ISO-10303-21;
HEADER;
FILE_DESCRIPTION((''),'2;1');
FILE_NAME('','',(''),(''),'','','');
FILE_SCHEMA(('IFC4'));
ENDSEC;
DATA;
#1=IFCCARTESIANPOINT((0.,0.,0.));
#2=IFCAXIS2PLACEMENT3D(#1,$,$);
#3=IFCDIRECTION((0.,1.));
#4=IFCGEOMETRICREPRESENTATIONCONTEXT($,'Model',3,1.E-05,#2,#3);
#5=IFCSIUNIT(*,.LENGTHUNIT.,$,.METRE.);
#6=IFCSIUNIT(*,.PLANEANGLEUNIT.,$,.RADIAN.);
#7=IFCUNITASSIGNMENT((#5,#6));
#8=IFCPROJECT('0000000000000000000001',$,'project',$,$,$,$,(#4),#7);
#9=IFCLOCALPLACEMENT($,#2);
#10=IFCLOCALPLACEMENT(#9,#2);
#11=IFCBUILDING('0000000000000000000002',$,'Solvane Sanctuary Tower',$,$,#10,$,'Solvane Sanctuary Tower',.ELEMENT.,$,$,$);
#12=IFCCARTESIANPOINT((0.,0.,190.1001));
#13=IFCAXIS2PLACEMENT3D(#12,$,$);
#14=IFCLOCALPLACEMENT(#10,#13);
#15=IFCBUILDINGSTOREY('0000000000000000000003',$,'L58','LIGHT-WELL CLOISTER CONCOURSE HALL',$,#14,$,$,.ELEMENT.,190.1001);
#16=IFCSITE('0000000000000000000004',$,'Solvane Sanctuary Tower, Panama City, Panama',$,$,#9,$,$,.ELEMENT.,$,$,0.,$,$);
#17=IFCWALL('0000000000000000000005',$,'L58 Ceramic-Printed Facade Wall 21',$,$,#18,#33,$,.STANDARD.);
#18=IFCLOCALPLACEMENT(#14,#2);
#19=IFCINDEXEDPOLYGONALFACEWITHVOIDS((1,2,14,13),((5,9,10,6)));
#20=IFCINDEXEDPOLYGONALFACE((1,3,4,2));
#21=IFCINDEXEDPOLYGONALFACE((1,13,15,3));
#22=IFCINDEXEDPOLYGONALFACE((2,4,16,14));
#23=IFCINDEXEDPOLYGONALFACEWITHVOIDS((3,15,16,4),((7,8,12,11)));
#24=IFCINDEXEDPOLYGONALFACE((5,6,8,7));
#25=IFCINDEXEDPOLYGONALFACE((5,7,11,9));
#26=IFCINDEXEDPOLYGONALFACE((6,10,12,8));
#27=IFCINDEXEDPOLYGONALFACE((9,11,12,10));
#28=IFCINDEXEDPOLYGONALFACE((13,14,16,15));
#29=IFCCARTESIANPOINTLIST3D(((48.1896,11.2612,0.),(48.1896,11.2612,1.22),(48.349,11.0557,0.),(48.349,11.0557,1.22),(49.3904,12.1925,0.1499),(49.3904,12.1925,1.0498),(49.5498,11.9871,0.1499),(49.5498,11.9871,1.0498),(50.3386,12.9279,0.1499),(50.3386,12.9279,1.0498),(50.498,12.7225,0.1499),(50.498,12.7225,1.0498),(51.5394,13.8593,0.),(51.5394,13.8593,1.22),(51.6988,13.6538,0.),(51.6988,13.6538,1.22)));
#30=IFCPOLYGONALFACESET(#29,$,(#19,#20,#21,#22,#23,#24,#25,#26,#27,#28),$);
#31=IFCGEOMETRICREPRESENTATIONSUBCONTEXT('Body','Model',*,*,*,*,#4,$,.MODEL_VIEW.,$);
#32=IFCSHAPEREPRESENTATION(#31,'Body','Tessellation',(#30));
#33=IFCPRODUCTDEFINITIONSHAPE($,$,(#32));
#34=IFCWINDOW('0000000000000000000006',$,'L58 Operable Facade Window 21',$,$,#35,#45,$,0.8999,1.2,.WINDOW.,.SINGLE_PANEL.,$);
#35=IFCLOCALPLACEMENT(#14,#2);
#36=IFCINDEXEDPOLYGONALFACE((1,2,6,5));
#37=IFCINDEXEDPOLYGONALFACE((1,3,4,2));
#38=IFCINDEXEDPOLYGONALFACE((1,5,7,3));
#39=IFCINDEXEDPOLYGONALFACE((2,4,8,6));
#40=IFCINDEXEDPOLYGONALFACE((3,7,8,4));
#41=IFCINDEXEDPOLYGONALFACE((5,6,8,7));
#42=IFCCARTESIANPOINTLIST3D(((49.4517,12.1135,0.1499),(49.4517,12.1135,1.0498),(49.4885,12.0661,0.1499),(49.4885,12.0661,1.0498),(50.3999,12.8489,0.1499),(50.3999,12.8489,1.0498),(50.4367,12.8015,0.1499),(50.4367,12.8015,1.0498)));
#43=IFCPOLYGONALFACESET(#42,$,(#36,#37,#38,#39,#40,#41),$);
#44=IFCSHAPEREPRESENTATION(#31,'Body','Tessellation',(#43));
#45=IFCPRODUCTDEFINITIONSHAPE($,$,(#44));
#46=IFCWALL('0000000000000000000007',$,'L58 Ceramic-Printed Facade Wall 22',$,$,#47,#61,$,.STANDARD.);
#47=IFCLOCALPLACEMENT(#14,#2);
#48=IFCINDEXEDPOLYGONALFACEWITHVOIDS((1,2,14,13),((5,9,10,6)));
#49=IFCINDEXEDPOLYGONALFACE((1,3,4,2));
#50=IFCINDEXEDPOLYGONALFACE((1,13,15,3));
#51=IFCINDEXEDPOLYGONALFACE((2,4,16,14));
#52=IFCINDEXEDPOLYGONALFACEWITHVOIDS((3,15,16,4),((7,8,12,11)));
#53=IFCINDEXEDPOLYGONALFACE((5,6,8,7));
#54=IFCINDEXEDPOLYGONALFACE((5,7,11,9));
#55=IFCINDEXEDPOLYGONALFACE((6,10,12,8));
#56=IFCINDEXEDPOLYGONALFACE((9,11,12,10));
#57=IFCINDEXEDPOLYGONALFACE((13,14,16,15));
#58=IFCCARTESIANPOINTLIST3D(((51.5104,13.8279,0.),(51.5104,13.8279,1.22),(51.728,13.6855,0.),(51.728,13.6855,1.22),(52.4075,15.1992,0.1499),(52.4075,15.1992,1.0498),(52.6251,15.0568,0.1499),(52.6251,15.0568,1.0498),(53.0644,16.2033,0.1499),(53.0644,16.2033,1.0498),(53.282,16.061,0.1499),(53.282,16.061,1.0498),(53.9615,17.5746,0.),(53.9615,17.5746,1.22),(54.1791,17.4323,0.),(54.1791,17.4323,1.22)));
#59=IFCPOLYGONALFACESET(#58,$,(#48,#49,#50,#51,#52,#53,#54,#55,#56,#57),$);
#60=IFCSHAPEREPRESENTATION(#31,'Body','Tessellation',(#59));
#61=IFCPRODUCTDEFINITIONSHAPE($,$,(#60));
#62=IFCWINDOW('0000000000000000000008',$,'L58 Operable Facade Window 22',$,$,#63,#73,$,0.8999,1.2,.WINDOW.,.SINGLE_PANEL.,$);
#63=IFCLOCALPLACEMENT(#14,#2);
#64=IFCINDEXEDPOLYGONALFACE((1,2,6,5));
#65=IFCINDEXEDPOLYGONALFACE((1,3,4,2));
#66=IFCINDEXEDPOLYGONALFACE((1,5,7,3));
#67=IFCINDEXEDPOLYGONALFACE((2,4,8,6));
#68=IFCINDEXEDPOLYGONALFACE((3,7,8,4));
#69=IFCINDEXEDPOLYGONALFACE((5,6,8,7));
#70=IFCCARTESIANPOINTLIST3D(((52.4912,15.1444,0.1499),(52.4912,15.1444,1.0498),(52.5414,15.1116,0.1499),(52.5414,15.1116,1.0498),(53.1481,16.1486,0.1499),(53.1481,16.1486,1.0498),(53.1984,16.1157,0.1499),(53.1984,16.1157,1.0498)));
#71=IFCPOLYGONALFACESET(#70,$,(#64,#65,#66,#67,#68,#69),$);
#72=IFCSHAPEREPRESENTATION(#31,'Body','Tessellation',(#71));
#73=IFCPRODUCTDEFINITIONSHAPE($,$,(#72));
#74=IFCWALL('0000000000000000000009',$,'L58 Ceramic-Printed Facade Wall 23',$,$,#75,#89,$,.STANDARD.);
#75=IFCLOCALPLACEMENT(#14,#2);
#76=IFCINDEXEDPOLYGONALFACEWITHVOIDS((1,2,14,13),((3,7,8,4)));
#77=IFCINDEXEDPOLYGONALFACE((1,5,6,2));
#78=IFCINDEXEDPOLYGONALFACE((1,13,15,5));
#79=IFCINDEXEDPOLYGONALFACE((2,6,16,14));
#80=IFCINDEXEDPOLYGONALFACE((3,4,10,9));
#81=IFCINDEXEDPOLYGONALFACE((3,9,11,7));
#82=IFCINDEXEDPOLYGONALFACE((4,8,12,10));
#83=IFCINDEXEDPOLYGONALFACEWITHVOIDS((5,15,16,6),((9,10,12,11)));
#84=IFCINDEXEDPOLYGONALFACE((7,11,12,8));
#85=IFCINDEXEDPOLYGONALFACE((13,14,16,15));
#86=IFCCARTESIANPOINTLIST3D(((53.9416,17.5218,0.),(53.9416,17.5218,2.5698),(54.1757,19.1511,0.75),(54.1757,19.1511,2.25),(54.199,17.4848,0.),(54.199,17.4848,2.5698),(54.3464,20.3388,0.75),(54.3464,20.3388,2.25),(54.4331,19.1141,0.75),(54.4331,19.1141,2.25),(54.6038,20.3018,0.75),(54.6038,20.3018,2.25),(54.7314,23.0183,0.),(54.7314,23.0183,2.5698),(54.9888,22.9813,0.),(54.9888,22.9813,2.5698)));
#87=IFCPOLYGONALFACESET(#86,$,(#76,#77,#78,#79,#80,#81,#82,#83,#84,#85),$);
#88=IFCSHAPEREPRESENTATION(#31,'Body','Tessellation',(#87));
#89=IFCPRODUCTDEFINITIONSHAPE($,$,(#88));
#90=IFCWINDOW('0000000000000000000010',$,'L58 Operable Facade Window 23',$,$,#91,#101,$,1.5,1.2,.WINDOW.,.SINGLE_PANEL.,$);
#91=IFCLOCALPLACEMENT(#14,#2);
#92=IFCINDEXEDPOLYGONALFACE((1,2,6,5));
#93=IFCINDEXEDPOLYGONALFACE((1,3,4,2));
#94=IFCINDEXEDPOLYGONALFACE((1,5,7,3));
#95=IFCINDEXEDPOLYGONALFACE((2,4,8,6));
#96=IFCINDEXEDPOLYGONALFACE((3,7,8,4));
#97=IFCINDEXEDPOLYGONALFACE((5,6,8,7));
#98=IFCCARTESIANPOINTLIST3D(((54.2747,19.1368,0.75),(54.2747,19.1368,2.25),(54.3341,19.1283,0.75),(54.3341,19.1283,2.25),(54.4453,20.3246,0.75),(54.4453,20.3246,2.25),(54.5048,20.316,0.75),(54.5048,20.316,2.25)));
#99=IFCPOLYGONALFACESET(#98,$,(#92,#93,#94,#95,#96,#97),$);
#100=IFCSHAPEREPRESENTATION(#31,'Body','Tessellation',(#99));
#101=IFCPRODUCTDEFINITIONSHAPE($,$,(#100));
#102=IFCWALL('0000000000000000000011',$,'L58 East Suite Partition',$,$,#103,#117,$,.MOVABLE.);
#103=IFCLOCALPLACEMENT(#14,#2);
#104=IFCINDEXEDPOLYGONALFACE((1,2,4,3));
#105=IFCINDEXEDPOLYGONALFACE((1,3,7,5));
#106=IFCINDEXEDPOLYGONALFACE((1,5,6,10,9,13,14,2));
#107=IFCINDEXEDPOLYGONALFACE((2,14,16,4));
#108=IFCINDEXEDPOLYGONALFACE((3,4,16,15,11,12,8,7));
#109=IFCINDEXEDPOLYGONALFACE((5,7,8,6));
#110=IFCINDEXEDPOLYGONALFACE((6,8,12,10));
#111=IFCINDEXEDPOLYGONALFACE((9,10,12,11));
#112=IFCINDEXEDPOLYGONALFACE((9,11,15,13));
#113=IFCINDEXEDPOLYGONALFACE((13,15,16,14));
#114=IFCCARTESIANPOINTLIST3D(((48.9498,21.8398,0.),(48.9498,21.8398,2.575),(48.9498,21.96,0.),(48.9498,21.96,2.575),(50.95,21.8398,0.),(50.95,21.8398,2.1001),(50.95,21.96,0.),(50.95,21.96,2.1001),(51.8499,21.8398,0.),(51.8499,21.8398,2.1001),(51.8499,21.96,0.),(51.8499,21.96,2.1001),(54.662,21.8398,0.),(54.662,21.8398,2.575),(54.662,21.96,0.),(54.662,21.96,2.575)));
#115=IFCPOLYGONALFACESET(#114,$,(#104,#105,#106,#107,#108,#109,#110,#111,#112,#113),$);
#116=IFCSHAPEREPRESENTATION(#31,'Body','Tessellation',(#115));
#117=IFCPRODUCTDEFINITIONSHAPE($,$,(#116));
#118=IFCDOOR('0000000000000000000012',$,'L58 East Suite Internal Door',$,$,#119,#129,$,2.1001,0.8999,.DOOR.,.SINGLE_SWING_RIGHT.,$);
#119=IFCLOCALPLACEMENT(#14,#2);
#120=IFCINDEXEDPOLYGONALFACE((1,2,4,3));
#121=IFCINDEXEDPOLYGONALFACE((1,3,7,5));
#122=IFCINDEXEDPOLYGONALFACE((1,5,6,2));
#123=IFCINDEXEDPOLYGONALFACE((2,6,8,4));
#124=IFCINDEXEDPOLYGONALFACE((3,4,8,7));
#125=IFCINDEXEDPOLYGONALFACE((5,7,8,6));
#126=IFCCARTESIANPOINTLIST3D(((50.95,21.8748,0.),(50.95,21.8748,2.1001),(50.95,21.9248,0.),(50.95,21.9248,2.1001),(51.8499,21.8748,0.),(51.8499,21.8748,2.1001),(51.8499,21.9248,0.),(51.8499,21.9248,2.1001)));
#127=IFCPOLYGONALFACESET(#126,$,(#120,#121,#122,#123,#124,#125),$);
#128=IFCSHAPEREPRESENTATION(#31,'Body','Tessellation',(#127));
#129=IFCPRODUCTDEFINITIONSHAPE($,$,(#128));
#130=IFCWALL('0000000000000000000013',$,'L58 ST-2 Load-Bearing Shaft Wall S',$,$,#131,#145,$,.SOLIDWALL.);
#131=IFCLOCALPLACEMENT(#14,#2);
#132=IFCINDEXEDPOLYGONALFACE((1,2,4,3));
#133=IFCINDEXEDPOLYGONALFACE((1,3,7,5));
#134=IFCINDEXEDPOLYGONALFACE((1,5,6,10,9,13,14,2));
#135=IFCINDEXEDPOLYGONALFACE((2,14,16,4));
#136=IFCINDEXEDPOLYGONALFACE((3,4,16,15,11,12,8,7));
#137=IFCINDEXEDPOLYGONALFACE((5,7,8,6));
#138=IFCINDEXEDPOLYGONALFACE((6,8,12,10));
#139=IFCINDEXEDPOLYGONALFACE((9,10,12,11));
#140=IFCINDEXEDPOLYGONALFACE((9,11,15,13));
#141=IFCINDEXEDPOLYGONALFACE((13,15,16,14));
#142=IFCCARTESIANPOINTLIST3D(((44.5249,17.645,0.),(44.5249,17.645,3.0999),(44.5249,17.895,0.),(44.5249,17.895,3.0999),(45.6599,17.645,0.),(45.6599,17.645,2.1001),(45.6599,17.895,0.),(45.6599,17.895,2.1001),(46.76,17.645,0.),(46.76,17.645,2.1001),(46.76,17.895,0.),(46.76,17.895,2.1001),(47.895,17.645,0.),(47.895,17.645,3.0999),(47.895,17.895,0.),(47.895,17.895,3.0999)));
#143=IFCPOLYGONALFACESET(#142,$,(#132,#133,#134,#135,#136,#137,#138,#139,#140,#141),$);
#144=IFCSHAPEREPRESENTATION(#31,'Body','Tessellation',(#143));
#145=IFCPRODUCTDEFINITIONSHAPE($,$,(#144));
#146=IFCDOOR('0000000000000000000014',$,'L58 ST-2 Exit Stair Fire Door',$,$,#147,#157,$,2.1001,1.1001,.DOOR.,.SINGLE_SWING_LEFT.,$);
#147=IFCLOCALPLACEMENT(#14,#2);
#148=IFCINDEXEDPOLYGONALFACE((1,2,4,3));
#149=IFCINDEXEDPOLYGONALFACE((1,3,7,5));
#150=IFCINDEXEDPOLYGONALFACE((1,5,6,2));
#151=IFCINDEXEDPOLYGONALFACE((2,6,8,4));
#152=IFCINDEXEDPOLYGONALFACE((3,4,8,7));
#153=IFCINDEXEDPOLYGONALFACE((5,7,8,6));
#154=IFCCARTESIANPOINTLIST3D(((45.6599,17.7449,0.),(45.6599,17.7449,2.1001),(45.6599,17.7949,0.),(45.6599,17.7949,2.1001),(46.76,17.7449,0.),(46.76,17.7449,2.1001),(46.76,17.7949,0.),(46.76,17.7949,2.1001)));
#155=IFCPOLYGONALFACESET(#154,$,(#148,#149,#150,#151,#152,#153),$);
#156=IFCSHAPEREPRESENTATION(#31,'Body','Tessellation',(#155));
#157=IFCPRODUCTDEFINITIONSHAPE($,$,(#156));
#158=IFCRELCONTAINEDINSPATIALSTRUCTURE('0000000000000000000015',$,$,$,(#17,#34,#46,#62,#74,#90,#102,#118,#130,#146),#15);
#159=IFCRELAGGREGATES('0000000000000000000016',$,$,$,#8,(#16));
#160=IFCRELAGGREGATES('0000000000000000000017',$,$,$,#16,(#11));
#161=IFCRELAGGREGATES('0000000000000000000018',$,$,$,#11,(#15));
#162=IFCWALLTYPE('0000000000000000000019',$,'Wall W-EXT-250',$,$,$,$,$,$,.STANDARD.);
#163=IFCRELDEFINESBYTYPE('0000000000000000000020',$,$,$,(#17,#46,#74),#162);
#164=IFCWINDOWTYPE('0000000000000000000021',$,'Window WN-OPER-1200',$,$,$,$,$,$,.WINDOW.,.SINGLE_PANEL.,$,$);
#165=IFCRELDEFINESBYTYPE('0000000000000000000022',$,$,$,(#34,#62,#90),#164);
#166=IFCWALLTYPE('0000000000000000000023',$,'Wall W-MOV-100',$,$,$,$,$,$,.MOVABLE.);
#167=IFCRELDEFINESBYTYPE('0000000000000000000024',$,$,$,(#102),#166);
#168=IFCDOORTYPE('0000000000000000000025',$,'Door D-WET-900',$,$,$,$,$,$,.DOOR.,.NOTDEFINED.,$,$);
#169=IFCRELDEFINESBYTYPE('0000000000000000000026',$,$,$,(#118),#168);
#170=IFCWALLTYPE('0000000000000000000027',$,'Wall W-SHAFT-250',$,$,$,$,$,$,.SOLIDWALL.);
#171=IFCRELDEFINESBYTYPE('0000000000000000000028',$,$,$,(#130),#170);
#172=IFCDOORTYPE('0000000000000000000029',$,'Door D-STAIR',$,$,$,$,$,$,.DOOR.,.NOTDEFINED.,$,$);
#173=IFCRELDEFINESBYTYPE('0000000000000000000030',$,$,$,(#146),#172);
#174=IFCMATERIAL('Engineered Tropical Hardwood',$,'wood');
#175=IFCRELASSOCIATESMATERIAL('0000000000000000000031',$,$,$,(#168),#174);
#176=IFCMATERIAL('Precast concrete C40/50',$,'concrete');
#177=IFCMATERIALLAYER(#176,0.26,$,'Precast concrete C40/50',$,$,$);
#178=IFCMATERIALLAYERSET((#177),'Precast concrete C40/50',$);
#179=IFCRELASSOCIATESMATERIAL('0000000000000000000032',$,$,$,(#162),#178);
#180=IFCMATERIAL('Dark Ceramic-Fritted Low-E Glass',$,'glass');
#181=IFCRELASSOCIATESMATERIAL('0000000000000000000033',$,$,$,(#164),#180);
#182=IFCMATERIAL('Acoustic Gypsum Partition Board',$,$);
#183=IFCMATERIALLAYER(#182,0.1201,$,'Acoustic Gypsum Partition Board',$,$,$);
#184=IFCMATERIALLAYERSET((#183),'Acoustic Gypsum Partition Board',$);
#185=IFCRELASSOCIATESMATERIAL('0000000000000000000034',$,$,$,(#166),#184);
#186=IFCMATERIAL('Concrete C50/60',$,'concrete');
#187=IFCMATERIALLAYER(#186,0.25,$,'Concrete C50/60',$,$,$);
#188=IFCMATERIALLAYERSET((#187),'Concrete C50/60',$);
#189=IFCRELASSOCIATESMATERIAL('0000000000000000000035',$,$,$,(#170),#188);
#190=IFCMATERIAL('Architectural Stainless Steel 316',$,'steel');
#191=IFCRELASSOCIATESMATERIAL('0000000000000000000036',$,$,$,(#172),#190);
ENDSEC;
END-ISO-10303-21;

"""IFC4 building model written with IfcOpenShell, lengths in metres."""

from ifc_helpers import new_model, si_unit, direction, frame, frame_2d, origin, place, context, subcontext, project, spatial, rectangle, extrude, material, layer, layer_set, type_object, element, fill, save


model = new_model("IFC4")

# Units and contexts
model_context = context("Model", 3, precision=1e-05, world=origin(), true_north=direction((0.0, 1.0)))
body_context = subcontext(model_context, "Body", "Model", "MODEL_VIEW")
ifc_project = project(units=[si_unit("LENGTHUNIT", "METRE"), si_unit("PLANEANGLEUNIT", "RADIAN")], contexts=[model_context])

# Site, building, storey
site_placement = place(None, origin())
site = spatial("IfcSite", under=ifc_project, at=site_placement, Name="Solvane Sanctuary Tower, Panama City, Panama", CompositionType="ELEMENT", RefElevation=0.0)
building_placement = place(site_placement, origin())
building = spatial("IfcBuilding", under=site, at=building_placement, Name="Solvane Sanctuary Tower", LongName="Solvane Sanctuary Tower", CompositionType="ELEMENT")
storey_placement = place(building_placement, frame((0.0, 0.0, 190.1001)))
storey = spatial("IfcBuildingStorey", under=building, at=storey_placement, Name="L58", Description="LIGHT-WELL CLOISTER CONCOURSE HALL", CompositionType="ELEMENT", Elevation=190.1001)

# Shared definitions
ifc_material_1 = material(Name="Concrete C50/60", Category="concrete")

# Shared definitions
ifc_material_2 = material(Name="Acoustic Gypsum Partition Board")
ifc_material_3 = material(Name="Engineered Tropical Hardwood", Category="wood")
door_type_1 = type_object("IfcDoorType", Name="Door D-WET-900", OperationType="NOTDEFINED", PredefinedType="DOOR", material=ifc_material_3)

# Walls, openings, windows
ifc_material_4 = material(Name="Precast concrete C40/50", Category="concrete")
ifc_layer_1 = layer(ifc_material_4, 0.26, Name="Precast concrete C40/50")
ifc_layer_set_1 = layer_set([ifc_layer_1], Name="Precast concrete C40/50")
wall_type_1 = type_object("IfcWallType", Name="Wall W-EXT-250", PredefinedType="STANDARD", material=ifc_layer_set_1)
wall_1_placement = place(storey_placement, frame((48.2693, 11.1584, 0.0), z_axis=(0.0, 0.0, 1.0), x_axis=(0.790186, 0.612868, 0.0)))
wall_1 = element("IfcWall", 1, at=wall_1_placement, inside=storey, type_object=wall_type_1, Name="L58 Ceramic-Printed Facade Wall 21", PredefinedType="STANDARD", context=body_context, shape_type="SweptSolid", body=[
    extrude(rectangle(XDim=4.2393, YDim=0.26, at=frame_2d((2.1196, 0.0))), origin(), (0.0, 0.0, 1.0), 1.22),
])
opening_1_placement = place(wall_1_placement, frame((1.5195, 0.0, 0.1499)))
opening_1 = element("IfcOpeningElement", 2, at=opening_1_placement, cuts=wall_1, PredefinedType="OPENING", context=body_context, shape_type="SweptSolid", body=[
    extrude(rectangle(XDim=1.2, YDim=0.8999, at=frame_2d((0.6001, 0.45))), frame((0.0, 0.1399, 0.0), z_axis=(0.0, -1.0, 0.0), x_axis=(1.0, 0.0, 0.0)), (0.0, 0.0, 1.0), 0.28),
])
ifc_material_5 = material(Name="Dark Ceramic-Fritted Low-E Glass", Category="glass")
window_type = type_object("IfcWindowType", Name="Window WN-OPER-1200", PartitioningType="SINGLE_PANEL", PredefinedType="WINDOW", material=ifc_material_5)
window_1_placement = place(opening_1_placement, origin())
window_1 = element("IfcWindow", 3, at=window_1_placement, inside=storey, type_object=window_type, Name="L58 Operable Facade Window 21", OverallHeight=0.8999, OverallWidth=1.2, PartitioningType="SINGLE_PANEL", PredefinedType="WINDOW", context=body_context, shape_type="SweptSolid", body=[
    extrude(rectangle(XDim=1.2, YDim=0.8999, at=frame_2d((0.6001, 0.45))), frame((0.0, 0.03, 0.0), z_axis=(0.0, -1.0, 0.0), x_axis=(1.0, 0.0, 0.0)), (0.0, 0.0, 1.0), 0.0601),
])
fill(opening_1, window_1)
wall_2_placement = place(storey_placement, frame((51.6191, 13.7566, 0.0), z_axis=(0.0, 0.0, 1.0), x_axis=(0.547456, 0.836834, 0.0)))
wall_2 = element("IfcWall", 4, at=wall_2_placement, inside=storey, type_object=wall_type_1, Name="L58 Ceramic-Printed Facade Wall 22", PredefinedType="STANDARD", context=body_context, shape_type="SweptSolid", body=[
    extrude(rectangle(XDim=4.4773, YDim=0.26, at=frame_2d((2.2388, 0.0))), origin(), (0.0, 0.0, 1.0), 1.22),
])
opening_2_placement = place(wall_2_placement, frame((1.6387, 0.0, 0.1499)))
opening_2 = element("IfcOpeningElement", 5, at=opening_2_placement, cuts=wall_2, PredefinedType="OPENING", context=body_context, shape_type="SweptSolid", body=[
    extrude(rectangle(XDim=1.2, YDim=0.8999, at=frame_2d((0.6001, 0.45))), frame((0.0, 0.1399, 0.0), z_axis=(0.0, -1.0, 0.0), x_axis=(1.0, 0.0, 0.0)), (0.0, 0.0, 1.0), 0.28),
])
window_2_placement = place(opening_2_placement, origin())
window_2 = element("IfcWindow", 6, at=window_2_placement, inside=storey, type_object=window_type, Name="L58 Operable Facade Window 22", OverallHeight=0.8999, OverallWidth=1.2, PartitioningType="SINGLE_PANEL", PredefinedType="WINDOW", context=body_context, shape_type="SweptSolid", body=[
    extrude(rectangle(XDim=1.2, YDim=0.8999, at=frame_2d((0.6001, 0.45))), frame((0.0, 0.03, 0.0), z_axis=(0.0, -1.0, 0.0), x_axis=(1.0, 0.0, 0.0)), (0.0, 0.0, 1.0), 0.0601),
])
fill(opening_2, window_2)
wall_3_placement = place(storey_placement, frame((54.0703, 17.5034, 0.0), z_axis=(0.0, 0.0, 1.0), x_axis=(0.142228, 0.989834, 0.0)))
wall_3 = element("IfcWall", 7, at=wall_3_placement, inside=storey, type_object=wall_type_1, Name="L58 Ceramic-Printed Facade Wall 23", PredefinedType="STANDARD", context=body_context, shape_type="SweptSolid", body=[
    extrude(rectangle(XDim=5.553, YDim=0.26, at=frame_2d((2.7764, 0.0))), origin(), (0.0, 0.0, 1.0), 2.5698),
])
opening_3_placement = place(wall_3_placement, frame((1.6458, 0.0, 0.75)))
opening_3 = element("IfcOpeningElement", 8, at=opening_3_placement, cuts=wall_3, PredefinedType="OPENING", context=body_context, shape_type="SweptSolid", body=[
    extrude(rectangle(XDim=1.2, YDim=1.5, at=frame_2d((0.6001, 0.75))), frame((0.0, 0.1399, 0.0), z_axis=(0.0, -1.0, 0.0), x_axis=(1.0, 0.0, 0.0)), (0.0, 0.0, 1.0), 0.28),
])
window_3_placement = place(opening_3_placement, origin())
window_3 = element("IfcWindow", 9, at=window_3_placement, inside=storey, type_object=window_type, Name="L58 Operable Facade Window 23", OverallHeight=1.5, OverallWidth=1.2, PartitioningType="SINGLE_PANEL", PredefinedType="WINDOW", context=body_context, shape_type="SweptSolid", body=[
    extrude(rectangle(XDim=1.2, YDim=1.5, at=frame_2d((0.6001, 0.75))), frame((0.0, 0.03, 0.0), z_axis=(0.0, -1.0, 0.0), x_axis=(1.0, 0.0, 0.0)), (0.0, 0.0, 1.0), 0.0601),
])
fill(opening_3, window_3)

# Walls, openings, doors
ifc_layer_2 = layer(ifc_material_2, 0.1201, Name="Acoustic Gypsum Partition Board")
ifc_layer_set_2 = layer_set([ifc_layer_2], Name="Acoustic Gypsum Partition Board")
wall_type_2 = type_object("IfcWallType", Name="Wall W-MOV-100", PredefinedType="MOVABLE", material=ifc_layer_set_2)
wall_4_placement = place(storey_placement, frame((48.95, 21.8999, 0.0), z_axis=(0.0, 0.0, 1.0), x_axis=(1.0, 0.0, 0.0)))
wall_4 = element("IfcWall", 10, at=wall_4_placement, inside=storey, type_object=wall_type_2, Name="L58 East Suite Partition", PredefinedType="MOVABLE", context=body_context, shape_type="SweptSolid", body=[
    extrude(rectangle(XDim=5.7122, YDim=0.1201, at=frame_2d((2.856, 0.0))), origin(), (0.0, 0.0, 1.0), 2.575),
])
opening_4_placement = place(wall_4_placement, frame((2.0, 0.0, 0.0)))
opening_4 = element("IfcOpeningElement", 11, at=opening_4_placement, cuts=wall_4, PredefinedType="OPENING", context=body_context, shape_type="SweptSolid", body=[
    extrude(rectangle(XDim=0.8999, YDim=2.1001, at=frame_2d((0.45, 1.05))), frame((0.0, 0.0701, 0.0), z_axis=(0.0, -1.0, 0.0), x_axis=(1.0, 0.0, 0.0)), (0.0, 0.0, 1.0), 0.1401),
])
door_1_placement = place(opening_4_placement, origin())
door_1 = element("IfcDoor", 12, at=door_1_placement, inside=storey, type_object=door_type_1, Name="L58 East Suite Internal Door", OperationType="SINGLE_SWING_RIGHT", OverallHeight=2.1001, OverallWidth=0.8999, PredefinedType="DOOR", context=body_context, shape_type="SweptSolid", body=[
    extrude(rectangle(XDim=0.8999, YDim=2.1001, at=frame_2d((0.45, 1.05))), frame((0.0, 0.0249, 0.0), z_axis=(0.0, -1.0, 0.0), x_axis=(1.0, 0.0, 0.0)), (0.0, 0.0, 1.0), 0.05),
])
fill(opening_4, door_1)
ifc_layer_3 = layer(ifc_material_1, 0.25, Name="Concrete C50/60")
ifc_layer_set_3 = layer_set([ifc_layer_3], Name="Concrete C50/60")
wall_type_3 = type_object("IfcWallType", Name="Wall W-SHAFT-250", PredefinedType="SOLIDWALL", material=ifc_layer_set_3)
wall_5_placement = place(storey_placement, frame((44.5249, 17.77, 0.0), z_axis=(0.0, 0.0, 1.0), x_axis=(1.0, 0.0, 0.0)))
wall_5 = element("IfcWall", 13, at=wall_5_placement, inside=storey, type_object=wall_type_3, Name="L58 ST-2 Load-Bearing Shaft Wall S", PredefinedType="SOLIDWALL", context=body_context, shape_type="SweptSolid", body=[
    extrude(rectangle(XDim=3.3701, YDim=0.25, at=frame_2d((1.6851, 0.0))), origin(), (0.0, 0.0, 1.0), 3.0999),
])
opening_5_placement = place(wall_5_placement, frame((1.135, 0.0, 0.0)))
opening_5 = element("IfcOpeningElement", 14, at=opening_5_placement, cuts=wall_5, PredefinedType="OPENING", context=body_context, shape_type="SweptSolid", body=[
    extrude(rectangle(XDim=1.1001, YDim=2.1001, at=frame_2d((0.55, 1.05))), frame((0.0, 0.135, 0.0), z_axis=(0.0, -1.0, 0.0), x_axis=(1.0, 0.0, 0.0)), (0.0, 0.0, 1.0), 0.27),
])
ifc_material_6 = material(Name="Architectural Stainless Steel 316", Category="steel")
door_type_2 = type_object("IfcDoorType", Name="Door D-STAIR", OperationType="NOTDEFINED", PredefinedType="DOOR", material=ifc_material_6)
door_2_placement = place(opening_5_placement, origin())
door_2 = element("IfcDoor", 15, at=door_2_placement, inside=storey, type_object=door_type_2, Name="L58 ST-2 Exit Stair Fire Door", OperationType="SINGLE_SWING_LEFT", OverallHeight=2.1001, OverallWidth=1.1001, PredefinedType="DOOR", context=body_context, shape_type="SweptSolid", body=[
    extrude(rectangle(XDim=1.1001, YDim=2.1001, at=frame_2d((0.55, 1.05))), frame((0.0, 0.0249, 0.0), z_axis=(0.0, -1.0, 0.0), x_axis=(1.0, 0.0, 0.0)), (0.0, 0.0, 1.0), 0.05),
])
fill(opening_5, door_2)

save(model, "model.ifc")
